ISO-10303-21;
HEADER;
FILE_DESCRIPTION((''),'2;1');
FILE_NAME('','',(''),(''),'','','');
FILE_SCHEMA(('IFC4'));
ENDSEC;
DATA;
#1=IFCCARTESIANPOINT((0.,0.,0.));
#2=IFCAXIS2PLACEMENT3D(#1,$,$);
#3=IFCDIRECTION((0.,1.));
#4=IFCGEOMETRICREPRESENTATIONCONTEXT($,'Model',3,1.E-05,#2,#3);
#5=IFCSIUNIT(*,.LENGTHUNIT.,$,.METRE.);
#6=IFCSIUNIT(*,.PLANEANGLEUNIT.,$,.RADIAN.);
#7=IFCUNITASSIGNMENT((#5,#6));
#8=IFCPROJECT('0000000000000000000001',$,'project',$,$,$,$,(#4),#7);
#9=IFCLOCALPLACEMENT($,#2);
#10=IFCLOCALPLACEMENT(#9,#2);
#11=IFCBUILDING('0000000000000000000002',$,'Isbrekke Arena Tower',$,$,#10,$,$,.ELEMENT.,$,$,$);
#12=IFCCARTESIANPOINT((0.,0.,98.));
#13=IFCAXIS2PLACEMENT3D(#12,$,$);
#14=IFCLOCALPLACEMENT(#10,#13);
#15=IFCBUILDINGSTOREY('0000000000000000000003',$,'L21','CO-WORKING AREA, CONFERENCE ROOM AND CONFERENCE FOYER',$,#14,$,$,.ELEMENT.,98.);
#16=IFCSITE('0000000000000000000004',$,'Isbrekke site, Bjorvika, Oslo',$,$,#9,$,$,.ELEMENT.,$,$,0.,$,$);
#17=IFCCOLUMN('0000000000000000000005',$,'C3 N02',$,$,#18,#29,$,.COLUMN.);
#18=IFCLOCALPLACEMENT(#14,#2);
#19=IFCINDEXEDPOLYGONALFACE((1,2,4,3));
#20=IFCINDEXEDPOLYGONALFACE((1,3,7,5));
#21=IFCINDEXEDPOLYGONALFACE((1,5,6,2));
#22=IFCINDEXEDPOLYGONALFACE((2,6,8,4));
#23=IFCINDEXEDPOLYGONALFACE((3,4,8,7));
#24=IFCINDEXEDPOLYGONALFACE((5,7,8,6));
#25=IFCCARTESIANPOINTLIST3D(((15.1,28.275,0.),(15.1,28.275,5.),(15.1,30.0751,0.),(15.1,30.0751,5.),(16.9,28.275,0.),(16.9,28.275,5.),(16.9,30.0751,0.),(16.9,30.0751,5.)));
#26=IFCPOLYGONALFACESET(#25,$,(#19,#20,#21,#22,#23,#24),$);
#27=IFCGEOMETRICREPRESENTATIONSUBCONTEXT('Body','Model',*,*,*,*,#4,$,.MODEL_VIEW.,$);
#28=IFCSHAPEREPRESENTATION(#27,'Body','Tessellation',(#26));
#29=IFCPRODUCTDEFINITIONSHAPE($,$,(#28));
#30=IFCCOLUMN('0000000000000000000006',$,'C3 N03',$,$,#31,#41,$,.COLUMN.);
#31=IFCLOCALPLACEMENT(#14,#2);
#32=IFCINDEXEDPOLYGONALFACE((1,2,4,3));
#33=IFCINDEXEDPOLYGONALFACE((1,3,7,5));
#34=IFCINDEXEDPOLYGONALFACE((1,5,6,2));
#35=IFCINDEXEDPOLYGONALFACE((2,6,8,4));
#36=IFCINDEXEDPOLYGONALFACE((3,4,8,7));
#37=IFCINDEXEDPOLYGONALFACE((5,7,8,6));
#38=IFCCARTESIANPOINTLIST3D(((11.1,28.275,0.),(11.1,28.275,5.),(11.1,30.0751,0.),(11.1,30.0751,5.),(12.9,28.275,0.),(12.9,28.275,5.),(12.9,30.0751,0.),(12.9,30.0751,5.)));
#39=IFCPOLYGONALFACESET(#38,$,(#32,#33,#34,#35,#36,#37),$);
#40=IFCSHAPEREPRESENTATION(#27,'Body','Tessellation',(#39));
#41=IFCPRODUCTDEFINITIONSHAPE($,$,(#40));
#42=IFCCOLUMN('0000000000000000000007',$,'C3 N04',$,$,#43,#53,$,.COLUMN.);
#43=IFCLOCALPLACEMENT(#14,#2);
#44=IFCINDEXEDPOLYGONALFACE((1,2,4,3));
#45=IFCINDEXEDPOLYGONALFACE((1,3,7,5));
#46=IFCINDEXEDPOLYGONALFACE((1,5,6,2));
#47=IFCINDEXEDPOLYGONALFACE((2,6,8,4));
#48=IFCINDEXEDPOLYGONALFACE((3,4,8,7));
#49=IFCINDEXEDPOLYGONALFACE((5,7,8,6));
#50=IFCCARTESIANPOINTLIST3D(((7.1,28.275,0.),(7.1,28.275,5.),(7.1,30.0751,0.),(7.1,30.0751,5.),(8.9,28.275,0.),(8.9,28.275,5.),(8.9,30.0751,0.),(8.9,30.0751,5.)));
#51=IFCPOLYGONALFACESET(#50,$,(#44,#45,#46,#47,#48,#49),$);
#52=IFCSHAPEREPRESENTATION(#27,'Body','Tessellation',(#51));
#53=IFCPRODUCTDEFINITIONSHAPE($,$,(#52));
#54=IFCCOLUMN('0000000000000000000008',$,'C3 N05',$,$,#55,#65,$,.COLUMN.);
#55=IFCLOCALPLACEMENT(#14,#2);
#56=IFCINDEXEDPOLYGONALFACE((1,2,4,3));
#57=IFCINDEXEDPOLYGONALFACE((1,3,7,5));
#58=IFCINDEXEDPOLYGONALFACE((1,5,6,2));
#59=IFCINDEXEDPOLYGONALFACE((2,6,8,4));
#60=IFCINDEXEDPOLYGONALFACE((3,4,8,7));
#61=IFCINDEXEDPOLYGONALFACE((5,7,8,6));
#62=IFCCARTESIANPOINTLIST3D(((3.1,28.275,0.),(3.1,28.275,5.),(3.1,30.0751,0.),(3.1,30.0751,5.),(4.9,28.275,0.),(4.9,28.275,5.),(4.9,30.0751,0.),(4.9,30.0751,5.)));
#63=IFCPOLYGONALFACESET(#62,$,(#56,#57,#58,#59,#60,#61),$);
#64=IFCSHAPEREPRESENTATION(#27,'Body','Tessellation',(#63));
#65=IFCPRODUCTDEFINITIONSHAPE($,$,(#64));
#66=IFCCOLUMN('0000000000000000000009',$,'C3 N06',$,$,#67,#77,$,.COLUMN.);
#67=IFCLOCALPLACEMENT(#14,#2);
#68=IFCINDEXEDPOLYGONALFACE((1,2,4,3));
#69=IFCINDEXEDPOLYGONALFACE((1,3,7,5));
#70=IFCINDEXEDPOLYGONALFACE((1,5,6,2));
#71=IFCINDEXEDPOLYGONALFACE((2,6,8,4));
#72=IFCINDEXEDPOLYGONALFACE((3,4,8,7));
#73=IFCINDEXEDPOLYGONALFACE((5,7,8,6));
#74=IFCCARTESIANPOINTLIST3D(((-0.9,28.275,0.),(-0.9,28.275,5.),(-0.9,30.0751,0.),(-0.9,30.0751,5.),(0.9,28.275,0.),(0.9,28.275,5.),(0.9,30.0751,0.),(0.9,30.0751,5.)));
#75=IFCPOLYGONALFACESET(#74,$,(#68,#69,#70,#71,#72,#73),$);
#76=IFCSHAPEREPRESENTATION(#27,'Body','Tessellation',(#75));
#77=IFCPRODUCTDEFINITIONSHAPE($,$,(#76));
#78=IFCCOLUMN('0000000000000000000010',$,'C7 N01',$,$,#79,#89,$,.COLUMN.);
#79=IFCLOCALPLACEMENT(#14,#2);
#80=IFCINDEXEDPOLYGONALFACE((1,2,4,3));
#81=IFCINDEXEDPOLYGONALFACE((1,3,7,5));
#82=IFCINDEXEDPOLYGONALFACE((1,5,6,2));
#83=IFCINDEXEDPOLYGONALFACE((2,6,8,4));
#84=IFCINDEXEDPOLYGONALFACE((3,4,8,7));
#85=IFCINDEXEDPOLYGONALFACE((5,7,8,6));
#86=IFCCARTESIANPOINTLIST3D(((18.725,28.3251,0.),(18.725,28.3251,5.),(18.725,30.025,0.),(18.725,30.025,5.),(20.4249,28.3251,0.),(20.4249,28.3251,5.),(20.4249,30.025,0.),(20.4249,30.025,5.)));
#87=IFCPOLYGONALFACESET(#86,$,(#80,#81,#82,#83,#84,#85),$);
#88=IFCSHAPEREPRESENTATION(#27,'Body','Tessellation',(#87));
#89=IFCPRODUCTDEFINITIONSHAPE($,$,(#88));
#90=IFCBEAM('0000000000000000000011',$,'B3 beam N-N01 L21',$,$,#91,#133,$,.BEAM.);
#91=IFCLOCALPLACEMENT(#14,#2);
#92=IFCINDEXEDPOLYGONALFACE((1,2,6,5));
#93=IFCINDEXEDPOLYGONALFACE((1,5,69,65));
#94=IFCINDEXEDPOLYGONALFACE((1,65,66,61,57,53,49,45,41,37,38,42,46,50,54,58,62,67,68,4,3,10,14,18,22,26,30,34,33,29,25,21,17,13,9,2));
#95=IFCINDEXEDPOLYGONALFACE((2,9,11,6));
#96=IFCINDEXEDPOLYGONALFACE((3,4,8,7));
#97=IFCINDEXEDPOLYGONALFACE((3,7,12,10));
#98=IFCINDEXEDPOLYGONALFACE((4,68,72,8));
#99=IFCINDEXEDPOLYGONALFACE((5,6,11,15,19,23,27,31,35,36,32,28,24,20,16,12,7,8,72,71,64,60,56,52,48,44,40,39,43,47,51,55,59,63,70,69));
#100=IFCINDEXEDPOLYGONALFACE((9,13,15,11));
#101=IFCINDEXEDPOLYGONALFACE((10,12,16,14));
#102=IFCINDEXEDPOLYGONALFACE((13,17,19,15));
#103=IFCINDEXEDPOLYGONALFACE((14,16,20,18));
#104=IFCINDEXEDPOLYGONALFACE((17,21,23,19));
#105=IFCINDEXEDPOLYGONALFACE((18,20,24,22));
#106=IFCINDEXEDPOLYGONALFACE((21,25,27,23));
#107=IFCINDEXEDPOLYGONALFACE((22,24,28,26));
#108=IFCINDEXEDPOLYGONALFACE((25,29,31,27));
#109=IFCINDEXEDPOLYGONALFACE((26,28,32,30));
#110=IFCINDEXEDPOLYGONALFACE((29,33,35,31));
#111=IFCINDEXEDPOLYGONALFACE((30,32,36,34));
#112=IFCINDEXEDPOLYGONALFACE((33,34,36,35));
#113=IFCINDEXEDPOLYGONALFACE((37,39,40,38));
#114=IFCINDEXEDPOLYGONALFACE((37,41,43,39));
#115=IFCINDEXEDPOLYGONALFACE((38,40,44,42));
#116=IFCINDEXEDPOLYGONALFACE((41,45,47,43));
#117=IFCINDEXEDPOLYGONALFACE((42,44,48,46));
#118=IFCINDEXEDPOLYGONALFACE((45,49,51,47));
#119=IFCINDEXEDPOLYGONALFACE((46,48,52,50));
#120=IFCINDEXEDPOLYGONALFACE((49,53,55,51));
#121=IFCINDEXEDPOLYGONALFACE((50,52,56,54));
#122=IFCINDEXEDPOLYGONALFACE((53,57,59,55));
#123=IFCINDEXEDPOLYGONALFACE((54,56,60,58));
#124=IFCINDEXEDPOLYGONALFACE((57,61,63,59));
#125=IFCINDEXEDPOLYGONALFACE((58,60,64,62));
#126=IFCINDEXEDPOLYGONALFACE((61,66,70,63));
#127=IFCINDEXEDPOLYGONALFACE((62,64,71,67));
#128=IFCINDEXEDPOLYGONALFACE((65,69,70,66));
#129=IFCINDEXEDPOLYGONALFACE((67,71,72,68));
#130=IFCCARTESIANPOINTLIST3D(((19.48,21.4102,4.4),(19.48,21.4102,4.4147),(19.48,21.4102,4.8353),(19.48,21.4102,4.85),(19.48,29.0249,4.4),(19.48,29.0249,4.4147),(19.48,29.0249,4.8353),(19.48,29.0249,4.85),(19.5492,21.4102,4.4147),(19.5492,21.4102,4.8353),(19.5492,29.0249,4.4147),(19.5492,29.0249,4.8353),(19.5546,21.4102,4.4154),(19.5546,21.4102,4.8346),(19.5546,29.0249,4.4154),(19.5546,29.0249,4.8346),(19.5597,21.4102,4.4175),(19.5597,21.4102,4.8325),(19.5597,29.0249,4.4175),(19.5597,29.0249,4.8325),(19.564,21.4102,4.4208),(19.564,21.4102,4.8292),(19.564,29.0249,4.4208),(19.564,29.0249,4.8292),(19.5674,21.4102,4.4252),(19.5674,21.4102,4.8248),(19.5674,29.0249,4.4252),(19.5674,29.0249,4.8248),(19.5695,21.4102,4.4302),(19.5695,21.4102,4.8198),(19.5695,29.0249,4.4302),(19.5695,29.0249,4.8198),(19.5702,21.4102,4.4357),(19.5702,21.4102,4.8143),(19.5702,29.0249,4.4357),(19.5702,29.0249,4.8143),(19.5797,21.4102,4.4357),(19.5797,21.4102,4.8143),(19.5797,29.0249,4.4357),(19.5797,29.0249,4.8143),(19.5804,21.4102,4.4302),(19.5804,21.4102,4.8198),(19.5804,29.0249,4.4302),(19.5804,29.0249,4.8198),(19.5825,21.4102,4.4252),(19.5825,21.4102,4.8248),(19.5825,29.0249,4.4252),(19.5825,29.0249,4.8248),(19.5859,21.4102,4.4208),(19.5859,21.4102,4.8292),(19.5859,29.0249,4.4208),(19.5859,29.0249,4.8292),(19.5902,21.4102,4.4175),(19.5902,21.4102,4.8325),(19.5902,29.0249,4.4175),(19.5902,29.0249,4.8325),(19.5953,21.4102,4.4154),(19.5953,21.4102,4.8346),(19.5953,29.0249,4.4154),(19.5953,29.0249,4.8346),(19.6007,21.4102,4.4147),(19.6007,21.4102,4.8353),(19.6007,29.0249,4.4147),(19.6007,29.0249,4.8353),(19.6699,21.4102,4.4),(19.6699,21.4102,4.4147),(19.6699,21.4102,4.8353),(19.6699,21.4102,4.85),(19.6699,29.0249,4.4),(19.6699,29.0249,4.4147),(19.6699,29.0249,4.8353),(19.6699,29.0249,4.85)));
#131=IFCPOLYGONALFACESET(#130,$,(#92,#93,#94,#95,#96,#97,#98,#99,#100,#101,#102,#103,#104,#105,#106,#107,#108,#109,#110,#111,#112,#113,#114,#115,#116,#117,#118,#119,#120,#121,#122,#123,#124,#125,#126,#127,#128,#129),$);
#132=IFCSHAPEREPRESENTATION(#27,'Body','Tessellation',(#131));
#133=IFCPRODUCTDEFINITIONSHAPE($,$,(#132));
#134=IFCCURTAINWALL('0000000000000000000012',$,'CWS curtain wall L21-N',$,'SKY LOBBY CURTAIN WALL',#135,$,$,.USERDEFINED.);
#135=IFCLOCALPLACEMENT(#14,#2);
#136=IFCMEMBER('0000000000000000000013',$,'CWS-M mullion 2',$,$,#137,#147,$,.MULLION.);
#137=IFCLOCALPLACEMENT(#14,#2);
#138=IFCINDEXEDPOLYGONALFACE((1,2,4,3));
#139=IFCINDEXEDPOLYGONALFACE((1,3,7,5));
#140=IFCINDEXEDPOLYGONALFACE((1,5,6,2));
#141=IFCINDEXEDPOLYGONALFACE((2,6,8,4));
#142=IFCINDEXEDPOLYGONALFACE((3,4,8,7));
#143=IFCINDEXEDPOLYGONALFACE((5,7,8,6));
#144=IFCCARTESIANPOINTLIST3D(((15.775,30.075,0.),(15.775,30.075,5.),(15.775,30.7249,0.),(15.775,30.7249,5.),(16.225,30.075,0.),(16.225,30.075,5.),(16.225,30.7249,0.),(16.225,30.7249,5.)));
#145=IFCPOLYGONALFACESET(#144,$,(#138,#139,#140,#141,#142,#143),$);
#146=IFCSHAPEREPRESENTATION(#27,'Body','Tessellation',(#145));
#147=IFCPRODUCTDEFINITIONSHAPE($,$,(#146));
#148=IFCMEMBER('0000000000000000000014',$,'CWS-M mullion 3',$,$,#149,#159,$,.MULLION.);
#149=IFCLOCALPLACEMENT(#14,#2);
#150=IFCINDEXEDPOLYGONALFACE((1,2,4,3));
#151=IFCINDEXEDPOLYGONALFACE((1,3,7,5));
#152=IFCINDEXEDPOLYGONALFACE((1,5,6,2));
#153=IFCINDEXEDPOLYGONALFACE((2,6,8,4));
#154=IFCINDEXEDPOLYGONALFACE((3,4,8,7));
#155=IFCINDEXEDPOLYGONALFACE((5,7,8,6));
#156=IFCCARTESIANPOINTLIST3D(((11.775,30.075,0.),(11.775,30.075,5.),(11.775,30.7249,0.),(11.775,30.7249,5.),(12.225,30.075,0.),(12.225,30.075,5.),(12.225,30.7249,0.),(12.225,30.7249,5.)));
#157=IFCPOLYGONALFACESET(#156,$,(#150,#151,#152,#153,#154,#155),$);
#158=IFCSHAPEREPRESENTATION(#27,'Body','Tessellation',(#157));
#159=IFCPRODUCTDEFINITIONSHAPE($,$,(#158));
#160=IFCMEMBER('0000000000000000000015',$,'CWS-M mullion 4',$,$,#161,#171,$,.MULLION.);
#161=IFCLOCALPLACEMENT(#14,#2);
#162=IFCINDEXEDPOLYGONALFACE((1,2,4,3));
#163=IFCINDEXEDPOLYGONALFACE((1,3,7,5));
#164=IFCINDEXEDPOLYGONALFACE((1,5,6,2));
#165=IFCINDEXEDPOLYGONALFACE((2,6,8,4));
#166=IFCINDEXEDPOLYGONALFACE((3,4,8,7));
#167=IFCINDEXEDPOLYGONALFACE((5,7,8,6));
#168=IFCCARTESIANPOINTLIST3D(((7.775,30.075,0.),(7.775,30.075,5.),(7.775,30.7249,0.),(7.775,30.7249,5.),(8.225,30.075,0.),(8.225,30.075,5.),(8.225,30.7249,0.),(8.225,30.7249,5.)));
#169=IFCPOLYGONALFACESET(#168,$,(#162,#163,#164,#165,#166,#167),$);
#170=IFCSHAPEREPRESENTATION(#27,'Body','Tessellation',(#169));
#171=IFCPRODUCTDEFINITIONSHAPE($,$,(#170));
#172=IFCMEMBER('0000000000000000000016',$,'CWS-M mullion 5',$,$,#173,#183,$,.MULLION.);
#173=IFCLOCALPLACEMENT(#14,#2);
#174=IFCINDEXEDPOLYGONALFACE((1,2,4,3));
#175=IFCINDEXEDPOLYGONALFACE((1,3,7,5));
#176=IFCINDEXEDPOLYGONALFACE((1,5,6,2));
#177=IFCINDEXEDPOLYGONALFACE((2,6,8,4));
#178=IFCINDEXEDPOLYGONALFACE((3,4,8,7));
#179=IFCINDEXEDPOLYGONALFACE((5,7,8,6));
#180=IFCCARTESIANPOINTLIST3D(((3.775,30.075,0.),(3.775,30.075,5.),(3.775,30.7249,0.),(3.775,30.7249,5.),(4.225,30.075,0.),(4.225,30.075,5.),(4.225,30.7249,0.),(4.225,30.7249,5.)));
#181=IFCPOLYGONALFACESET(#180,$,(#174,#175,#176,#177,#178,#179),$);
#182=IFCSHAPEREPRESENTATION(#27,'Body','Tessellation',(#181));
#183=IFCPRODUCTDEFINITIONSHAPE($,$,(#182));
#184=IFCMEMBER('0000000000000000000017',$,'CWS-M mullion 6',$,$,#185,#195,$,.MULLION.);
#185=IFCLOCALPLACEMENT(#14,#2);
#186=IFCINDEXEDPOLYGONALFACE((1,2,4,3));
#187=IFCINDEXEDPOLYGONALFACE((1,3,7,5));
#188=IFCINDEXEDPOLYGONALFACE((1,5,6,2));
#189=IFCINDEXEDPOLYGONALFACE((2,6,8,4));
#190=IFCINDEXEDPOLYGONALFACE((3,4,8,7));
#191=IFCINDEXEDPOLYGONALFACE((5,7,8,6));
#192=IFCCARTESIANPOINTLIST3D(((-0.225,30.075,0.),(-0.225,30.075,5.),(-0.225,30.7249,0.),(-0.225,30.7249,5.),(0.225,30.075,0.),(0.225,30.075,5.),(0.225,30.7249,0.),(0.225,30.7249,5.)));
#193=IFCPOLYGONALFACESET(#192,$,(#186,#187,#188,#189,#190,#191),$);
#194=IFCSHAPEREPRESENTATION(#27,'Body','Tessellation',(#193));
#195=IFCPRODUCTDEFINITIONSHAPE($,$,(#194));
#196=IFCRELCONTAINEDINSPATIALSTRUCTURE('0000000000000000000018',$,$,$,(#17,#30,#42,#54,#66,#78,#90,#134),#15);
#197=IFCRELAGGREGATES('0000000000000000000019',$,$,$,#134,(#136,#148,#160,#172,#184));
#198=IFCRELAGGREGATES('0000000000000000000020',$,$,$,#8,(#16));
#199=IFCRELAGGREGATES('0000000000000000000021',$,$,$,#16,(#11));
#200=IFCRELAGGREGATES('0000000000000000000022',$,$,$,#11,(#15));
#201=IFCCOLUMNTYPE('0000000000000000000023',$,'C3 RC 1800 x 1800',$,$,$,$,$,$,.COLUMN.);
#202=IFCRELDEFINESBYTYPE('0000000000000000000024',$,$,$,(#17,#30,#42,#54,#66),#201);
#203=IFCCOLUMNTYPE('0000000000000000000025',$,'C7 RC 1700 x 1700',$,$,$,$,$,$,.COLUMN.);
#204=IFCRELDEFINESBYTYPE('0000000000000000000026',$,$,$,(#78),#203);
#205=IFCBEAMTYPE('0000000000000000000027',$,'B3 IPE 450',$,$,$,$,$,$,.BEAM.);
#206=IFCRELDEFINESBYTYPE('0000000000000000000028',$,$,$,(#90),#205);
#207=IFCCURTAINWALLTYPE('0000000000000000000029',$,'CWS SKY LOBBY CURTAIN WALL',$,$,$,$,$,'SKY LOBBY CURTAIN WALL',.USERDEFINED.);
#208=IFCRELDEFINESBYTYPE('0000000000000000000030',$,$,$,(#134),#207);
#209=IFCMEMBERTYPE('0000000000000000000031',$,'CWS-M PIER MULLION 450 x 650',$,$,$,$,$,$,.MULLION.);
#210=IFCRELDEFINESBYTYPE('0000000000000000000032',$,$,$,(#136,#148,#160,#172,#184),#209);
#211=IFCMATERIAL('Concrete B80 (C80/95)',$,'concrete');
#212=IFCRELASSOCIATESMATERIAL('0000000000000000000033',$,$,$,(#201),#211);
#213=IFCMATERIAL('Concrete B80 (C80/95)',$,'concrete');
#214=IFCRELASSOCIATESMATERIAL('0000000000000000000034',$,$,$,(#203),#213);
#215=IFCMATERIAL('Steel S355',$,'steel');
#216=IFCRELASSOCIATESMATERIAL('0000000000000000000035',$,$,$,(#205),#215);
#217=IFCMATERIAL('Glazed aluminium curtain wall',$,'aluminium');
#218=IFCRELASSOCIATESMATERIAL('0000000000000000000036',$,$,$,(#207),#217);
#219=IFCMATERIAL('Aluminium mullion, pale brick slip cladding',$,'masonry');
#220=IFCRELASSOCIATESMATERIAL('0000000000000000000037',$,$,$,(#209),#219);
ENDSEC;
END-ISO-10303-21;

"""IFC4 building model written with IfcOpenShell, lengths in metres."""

from ifc_helpers import new_model, si_unit, direction, frame, origin, origin_2d, place, context, subcontext, project, spatial, rectangle, i_section, extrude, material, material_profile, profile_set, type_object, element, aggregate, save


model = new_model("IFC4")

# Units and contexts
model_context = context("Model", 3, precision=1e-05, world=origin(), true_north=direction((0.0, 1.0)))
body_context = subcontext(model_context, "Body", "Model", "MODEL_VIEW")
ifc_project = project(units=[si_unit("LENGTHUNIT", "METRE"), si_unit("PLANEANGLEUNIT", "RADIAN")], contexts=[model_context])

# Site, building, storey
site_placement = place(None, origin())
site = spatial("IfcSite", under=ifc_project, at=site_placement, Name="Isbrekke site, Bjorvika, Oslo", CompositionType="ELEMENT", RefElevation=0.0)
building_placement = place(site_placement, origin())
building = spatial("IfcBuilding", under=site, at=building_placement, Name="Isbrekke Arena Tower", CompositionType="ELEMENT")
storey_placement = place(building_placement, frame((0.0, 0.0, 98.0)))
storey = spatial("IfcBuildingStorey", under=building, at=storey_placement, Name="L21", Description="CO-WORKING AREA, CONFERENCE ROOM AND CONFERENCE FOYER", CompositionType="ELEMENT", Elevation=98.0)

# Columns
ifc_material_1 = material(Name="Concrete B80 (C80/95)", Category="concrete")
ifc_material_profile_1 = material_profile(ifc_material_1, rectangle(XDim=1.8, YDim=1.8, at=origin_2d()), Name="RC 1800x1800")
ifc_profile_set_1 = profile_set([ifc_material_profile_1], Name="Concrete B80 (C80/95)")
column_type_1 = type_object("IfcColumnType", Name="C3 RC 1800 x 1800", PredefinedType="COLUMN", material=ifc_profile_set_1)
for number, where, z_axis, x_axis, name in (
    (1, (16.0, 29.175, 0.0), (0.0, 0.0, 1.0), (-1.0, 0.0, 0.0), "C3 N02"),
    (2, (12.0, 29.175, 0.0), (0.0, 0.0, 1.0), (-1.0, 0.0, 0.0), "C3 N03"),
    (3, (8.0, 29.175, 0.0), (0.0, 0.0, 1.0), (-1.0, 0.0, 0.0), "C3 N04"),
    (4, (4.0, 29.175, 0.0), (0.0, 0.0, 1.0), (-1.0, 0.0, 0.0), "C3 N05"),
    (5, (0.0, 29.175, 0.0), (0.0, 0.0, 1.0), (-1.0, 0.0, 0.0), "C3 N06"),
):
    element("IfcColumn", number, at=place(storey_placement, frame(where, z_axis=z_axis, x_axis=x_axis)), inside=storey, type_object=column_type_1, Name=name, PredefinedType="COLUMN", context=body_context, shape_type="SweptSolid", body=[
        extrude(rectangle(XDim=1.8, YDim=1.8, at=origin_2d()), origin(), (0.0, 0.0, 1.0), 5.0),
    ])
ifc_material_2 = material(Name="Concrete B80 (C80/95)", Category="concrete")
ifc_material_profile_2 = material_profile(ifc_material_2, rectangle(XDim=1.7, YDim=1.7, at=origin_2d()), Name="RC 1700x1700")
ifc_profile_set_2 = profile_set([ifc_material_profile_2], Name="Concrete B80 (C80/95)")
column_type_2 = type_object("IfcColumnType", Name="C7 RC 1700 x 1700", PredefinedType="COLUMN", material=ifc_profile_set_2)
column_placement = place(storey_placement, frame((19.575, 29.175, 0.0), z_axis=(0.0, 0.0, 1.0), x_axis=(-1.0, 0.0, 0.0)))
element("IfcColumn", 6, at=column_placement, inside=storey, type_object=column_type_2, Name="C7 N01", PredefinedType="COLUMN", context=body_context, shape_type="SweptSolid", body=[
    extrude(rectangle(XDim=1.7, YDim=1.7, at=origin_2d()), origin(), (0.0, 0.0, 1.0), 5.0),
])

# Beam
ifc_material_3 = material(Name="Steel S355", Category="steel")
ifc_material_profile_3 = material_profile(ifc_material_3, i_section(OverallWidth=0.1899, OverallDepth=0.45, WebThickness=0.0095, FlangeThickness=0.0146, FilletRadius=0.021, at=origin_2d()), Name="IPE 450")
ifc_profile_set_3 = profile_set([ifc_material_profile_3], Name="Steel S355")
beam_type_1 = type_object("IfcBeamType", Name="B3 IPE 450", PredefinedType="BEAM", material=ifc_profile_set_3)
beam_1_placement = place(storey_placement, frame((19.575, 29.0249, 4.625), z_axis=(0.0, -1.0, 0.0), x_axis=(1.0, 0.0, 0.0)))
element("IfcBeam", 7, at=beam_1_placement, inside=storey, type_object=beam_type_1, Name="B3 beam N-N01 L21", PredefinedType="BEAM", context=body_context, shape_type="SweptSolid", body=[
    extrude(i_section(OverallWidth=0.1899, OverallDepth=0.45, WebThickness=0.0095, FlangeThickness=0.0146, FilletRadius=0.021, at=origin_2d()), origin(), (0.0, 0.0, 1.0), 7.6147),
])

# Curtain wall, members
ifc_material_4 = material(Name="Glazed aluminium curtain wall", Category="aluminium")
curtain_wall_type = type_object("IfcCurtainWallType", Name="CWS SKY LOBBY CURTAIN WALL", ElementType="SKY LOBBY CURTAIN WALL", PredefinedType="USERDEFINED", material=ifc_material_4)
curtain_wall_placement = place(storey_placement, origin())
curtain_wall = element("IfcCurtainWall", 8, at=curtain_wall_placement, inside=storey, type_object=curtain_wall_type, Name="CWS curtain wall L21-N", ObjectType="SKY LOBBY CURTAIN WALL", PredefinedType="USERDEFINED")
ifc_material_5 = material(Name="Aluminium mullion, pale brick slip cladding", Category="masonry")
ifc_material_profile_4 = material_profile(ifc_material_5, rectangle(XDim=0.45, YDim=0.6499, at=origin_2d()), Name="PIER 450X650")
ifc_profile_set_4 = profile_set([ifc_material_profile_4], Name="Aluminium mullion, pale brick slip cladding")
member_type_1 = type_object("IfcMemberType", Name="CWS-M PIER MULLION 450 x 650", PredefinedType="MULLION", material=ifc_profile_set_4)
member_1_placement = place(storey_placement, frame((16.0, 30.3999, 0.0), z_axis=(0.0, 0.0, 1.0), x_axis=(-1.0, 0.0, 0.0)))
member_1 = element("IfcMember", 9, at=member_1_placement, type_object=member_type_1, Name="CWS-M mullion 2", PredefinedType="MULLION", context=body_context, shape_type="SweptSolid", body=[
    extrude(rectangle(XDim=0.45, YDim=0.6499, at=origin_2d()), origin(), (0.0, 0.0, 1.0), 5.0),
])
member_2_placement = place(storey_placement, frame((12.0, 30.3999, 0.0), z_axis=(0.0, 0.0, 1.0), x_axis=(-1.0, 0.0, 0.0)))
member_2 = element("IfcMember", 10, at=member_2_placement, type_object=member_type_1, Name="CWS-M mullion 3", PredefinedType="MULLION", context=body_context, shape_type="SweptSolid", body=[
    extrude(rectangle(XDim=0.45, YDim=0.6499, at=origin_2d()), origin(), (0.0, 0.0, 1.0), 5.0),
])
member_3_placement = place(storey_placement, frame((8.0, 30.3999, 0.0), z_axis=(0.0, 0.0, 1.0), x_axis=(-1.0, 0.0, 0.0)))
member_3 = element("IfcMember", 11, at=member_3_placement, type_object=member_type_1, Name="CWS-M mullion 4", PredefinedType="MULLION", context=body_context, shape_type="SweptSolid", body=[
    extrude(rectangle(XDim=0.45, YDim=0.6499, at=origin_2d()), origin(), (0.0, 0.0, 1.0), 5.0),
])
member_4_placement = place(storey_placement, frame((4.0, 30.3999, 0.0), z_axis=(0.0, 0.0, 1.0), x_axis=(-1.0, 0.0, 0.0)))
member_4 = element("IfcMember", 12, at=member_4_placement, type_object=member_type_1, Name="CWS-M mullion 5", PredefinedType="MULLION", context=body_context, shape_type="SweptSolid", body=[
    extrude(rectangle(XDim=0.45, YDim=0.6499, at=origin_2d()), origin(), (0.0, 0.0, 1.0), 5.0),
])
member_5_placement = place(storey_placement, frame((0.0, 30.3999, 0.0), z_axis=(0.0, 0.0, 1.0), x_axis=(-1.0, 0.0, 0.0)))
member_5 = element("IfcMember", 13, at=member_5_placement, type_object=member_type_1, Name="CWS-M mullion 6", PredefinedType="MULLION", context=body_context, shape_type="SweptSolid", body=[
    extrude(rectangle(XDim=0.45, YDim=0.6499, at=origin_2d()), origin(), (0.0, 0.0, 1.0), 5.0),
])

aggregate(curtain_wall, [member_1, member_2, member_3, member_4, member_5])

save(model, "model.ifc")
